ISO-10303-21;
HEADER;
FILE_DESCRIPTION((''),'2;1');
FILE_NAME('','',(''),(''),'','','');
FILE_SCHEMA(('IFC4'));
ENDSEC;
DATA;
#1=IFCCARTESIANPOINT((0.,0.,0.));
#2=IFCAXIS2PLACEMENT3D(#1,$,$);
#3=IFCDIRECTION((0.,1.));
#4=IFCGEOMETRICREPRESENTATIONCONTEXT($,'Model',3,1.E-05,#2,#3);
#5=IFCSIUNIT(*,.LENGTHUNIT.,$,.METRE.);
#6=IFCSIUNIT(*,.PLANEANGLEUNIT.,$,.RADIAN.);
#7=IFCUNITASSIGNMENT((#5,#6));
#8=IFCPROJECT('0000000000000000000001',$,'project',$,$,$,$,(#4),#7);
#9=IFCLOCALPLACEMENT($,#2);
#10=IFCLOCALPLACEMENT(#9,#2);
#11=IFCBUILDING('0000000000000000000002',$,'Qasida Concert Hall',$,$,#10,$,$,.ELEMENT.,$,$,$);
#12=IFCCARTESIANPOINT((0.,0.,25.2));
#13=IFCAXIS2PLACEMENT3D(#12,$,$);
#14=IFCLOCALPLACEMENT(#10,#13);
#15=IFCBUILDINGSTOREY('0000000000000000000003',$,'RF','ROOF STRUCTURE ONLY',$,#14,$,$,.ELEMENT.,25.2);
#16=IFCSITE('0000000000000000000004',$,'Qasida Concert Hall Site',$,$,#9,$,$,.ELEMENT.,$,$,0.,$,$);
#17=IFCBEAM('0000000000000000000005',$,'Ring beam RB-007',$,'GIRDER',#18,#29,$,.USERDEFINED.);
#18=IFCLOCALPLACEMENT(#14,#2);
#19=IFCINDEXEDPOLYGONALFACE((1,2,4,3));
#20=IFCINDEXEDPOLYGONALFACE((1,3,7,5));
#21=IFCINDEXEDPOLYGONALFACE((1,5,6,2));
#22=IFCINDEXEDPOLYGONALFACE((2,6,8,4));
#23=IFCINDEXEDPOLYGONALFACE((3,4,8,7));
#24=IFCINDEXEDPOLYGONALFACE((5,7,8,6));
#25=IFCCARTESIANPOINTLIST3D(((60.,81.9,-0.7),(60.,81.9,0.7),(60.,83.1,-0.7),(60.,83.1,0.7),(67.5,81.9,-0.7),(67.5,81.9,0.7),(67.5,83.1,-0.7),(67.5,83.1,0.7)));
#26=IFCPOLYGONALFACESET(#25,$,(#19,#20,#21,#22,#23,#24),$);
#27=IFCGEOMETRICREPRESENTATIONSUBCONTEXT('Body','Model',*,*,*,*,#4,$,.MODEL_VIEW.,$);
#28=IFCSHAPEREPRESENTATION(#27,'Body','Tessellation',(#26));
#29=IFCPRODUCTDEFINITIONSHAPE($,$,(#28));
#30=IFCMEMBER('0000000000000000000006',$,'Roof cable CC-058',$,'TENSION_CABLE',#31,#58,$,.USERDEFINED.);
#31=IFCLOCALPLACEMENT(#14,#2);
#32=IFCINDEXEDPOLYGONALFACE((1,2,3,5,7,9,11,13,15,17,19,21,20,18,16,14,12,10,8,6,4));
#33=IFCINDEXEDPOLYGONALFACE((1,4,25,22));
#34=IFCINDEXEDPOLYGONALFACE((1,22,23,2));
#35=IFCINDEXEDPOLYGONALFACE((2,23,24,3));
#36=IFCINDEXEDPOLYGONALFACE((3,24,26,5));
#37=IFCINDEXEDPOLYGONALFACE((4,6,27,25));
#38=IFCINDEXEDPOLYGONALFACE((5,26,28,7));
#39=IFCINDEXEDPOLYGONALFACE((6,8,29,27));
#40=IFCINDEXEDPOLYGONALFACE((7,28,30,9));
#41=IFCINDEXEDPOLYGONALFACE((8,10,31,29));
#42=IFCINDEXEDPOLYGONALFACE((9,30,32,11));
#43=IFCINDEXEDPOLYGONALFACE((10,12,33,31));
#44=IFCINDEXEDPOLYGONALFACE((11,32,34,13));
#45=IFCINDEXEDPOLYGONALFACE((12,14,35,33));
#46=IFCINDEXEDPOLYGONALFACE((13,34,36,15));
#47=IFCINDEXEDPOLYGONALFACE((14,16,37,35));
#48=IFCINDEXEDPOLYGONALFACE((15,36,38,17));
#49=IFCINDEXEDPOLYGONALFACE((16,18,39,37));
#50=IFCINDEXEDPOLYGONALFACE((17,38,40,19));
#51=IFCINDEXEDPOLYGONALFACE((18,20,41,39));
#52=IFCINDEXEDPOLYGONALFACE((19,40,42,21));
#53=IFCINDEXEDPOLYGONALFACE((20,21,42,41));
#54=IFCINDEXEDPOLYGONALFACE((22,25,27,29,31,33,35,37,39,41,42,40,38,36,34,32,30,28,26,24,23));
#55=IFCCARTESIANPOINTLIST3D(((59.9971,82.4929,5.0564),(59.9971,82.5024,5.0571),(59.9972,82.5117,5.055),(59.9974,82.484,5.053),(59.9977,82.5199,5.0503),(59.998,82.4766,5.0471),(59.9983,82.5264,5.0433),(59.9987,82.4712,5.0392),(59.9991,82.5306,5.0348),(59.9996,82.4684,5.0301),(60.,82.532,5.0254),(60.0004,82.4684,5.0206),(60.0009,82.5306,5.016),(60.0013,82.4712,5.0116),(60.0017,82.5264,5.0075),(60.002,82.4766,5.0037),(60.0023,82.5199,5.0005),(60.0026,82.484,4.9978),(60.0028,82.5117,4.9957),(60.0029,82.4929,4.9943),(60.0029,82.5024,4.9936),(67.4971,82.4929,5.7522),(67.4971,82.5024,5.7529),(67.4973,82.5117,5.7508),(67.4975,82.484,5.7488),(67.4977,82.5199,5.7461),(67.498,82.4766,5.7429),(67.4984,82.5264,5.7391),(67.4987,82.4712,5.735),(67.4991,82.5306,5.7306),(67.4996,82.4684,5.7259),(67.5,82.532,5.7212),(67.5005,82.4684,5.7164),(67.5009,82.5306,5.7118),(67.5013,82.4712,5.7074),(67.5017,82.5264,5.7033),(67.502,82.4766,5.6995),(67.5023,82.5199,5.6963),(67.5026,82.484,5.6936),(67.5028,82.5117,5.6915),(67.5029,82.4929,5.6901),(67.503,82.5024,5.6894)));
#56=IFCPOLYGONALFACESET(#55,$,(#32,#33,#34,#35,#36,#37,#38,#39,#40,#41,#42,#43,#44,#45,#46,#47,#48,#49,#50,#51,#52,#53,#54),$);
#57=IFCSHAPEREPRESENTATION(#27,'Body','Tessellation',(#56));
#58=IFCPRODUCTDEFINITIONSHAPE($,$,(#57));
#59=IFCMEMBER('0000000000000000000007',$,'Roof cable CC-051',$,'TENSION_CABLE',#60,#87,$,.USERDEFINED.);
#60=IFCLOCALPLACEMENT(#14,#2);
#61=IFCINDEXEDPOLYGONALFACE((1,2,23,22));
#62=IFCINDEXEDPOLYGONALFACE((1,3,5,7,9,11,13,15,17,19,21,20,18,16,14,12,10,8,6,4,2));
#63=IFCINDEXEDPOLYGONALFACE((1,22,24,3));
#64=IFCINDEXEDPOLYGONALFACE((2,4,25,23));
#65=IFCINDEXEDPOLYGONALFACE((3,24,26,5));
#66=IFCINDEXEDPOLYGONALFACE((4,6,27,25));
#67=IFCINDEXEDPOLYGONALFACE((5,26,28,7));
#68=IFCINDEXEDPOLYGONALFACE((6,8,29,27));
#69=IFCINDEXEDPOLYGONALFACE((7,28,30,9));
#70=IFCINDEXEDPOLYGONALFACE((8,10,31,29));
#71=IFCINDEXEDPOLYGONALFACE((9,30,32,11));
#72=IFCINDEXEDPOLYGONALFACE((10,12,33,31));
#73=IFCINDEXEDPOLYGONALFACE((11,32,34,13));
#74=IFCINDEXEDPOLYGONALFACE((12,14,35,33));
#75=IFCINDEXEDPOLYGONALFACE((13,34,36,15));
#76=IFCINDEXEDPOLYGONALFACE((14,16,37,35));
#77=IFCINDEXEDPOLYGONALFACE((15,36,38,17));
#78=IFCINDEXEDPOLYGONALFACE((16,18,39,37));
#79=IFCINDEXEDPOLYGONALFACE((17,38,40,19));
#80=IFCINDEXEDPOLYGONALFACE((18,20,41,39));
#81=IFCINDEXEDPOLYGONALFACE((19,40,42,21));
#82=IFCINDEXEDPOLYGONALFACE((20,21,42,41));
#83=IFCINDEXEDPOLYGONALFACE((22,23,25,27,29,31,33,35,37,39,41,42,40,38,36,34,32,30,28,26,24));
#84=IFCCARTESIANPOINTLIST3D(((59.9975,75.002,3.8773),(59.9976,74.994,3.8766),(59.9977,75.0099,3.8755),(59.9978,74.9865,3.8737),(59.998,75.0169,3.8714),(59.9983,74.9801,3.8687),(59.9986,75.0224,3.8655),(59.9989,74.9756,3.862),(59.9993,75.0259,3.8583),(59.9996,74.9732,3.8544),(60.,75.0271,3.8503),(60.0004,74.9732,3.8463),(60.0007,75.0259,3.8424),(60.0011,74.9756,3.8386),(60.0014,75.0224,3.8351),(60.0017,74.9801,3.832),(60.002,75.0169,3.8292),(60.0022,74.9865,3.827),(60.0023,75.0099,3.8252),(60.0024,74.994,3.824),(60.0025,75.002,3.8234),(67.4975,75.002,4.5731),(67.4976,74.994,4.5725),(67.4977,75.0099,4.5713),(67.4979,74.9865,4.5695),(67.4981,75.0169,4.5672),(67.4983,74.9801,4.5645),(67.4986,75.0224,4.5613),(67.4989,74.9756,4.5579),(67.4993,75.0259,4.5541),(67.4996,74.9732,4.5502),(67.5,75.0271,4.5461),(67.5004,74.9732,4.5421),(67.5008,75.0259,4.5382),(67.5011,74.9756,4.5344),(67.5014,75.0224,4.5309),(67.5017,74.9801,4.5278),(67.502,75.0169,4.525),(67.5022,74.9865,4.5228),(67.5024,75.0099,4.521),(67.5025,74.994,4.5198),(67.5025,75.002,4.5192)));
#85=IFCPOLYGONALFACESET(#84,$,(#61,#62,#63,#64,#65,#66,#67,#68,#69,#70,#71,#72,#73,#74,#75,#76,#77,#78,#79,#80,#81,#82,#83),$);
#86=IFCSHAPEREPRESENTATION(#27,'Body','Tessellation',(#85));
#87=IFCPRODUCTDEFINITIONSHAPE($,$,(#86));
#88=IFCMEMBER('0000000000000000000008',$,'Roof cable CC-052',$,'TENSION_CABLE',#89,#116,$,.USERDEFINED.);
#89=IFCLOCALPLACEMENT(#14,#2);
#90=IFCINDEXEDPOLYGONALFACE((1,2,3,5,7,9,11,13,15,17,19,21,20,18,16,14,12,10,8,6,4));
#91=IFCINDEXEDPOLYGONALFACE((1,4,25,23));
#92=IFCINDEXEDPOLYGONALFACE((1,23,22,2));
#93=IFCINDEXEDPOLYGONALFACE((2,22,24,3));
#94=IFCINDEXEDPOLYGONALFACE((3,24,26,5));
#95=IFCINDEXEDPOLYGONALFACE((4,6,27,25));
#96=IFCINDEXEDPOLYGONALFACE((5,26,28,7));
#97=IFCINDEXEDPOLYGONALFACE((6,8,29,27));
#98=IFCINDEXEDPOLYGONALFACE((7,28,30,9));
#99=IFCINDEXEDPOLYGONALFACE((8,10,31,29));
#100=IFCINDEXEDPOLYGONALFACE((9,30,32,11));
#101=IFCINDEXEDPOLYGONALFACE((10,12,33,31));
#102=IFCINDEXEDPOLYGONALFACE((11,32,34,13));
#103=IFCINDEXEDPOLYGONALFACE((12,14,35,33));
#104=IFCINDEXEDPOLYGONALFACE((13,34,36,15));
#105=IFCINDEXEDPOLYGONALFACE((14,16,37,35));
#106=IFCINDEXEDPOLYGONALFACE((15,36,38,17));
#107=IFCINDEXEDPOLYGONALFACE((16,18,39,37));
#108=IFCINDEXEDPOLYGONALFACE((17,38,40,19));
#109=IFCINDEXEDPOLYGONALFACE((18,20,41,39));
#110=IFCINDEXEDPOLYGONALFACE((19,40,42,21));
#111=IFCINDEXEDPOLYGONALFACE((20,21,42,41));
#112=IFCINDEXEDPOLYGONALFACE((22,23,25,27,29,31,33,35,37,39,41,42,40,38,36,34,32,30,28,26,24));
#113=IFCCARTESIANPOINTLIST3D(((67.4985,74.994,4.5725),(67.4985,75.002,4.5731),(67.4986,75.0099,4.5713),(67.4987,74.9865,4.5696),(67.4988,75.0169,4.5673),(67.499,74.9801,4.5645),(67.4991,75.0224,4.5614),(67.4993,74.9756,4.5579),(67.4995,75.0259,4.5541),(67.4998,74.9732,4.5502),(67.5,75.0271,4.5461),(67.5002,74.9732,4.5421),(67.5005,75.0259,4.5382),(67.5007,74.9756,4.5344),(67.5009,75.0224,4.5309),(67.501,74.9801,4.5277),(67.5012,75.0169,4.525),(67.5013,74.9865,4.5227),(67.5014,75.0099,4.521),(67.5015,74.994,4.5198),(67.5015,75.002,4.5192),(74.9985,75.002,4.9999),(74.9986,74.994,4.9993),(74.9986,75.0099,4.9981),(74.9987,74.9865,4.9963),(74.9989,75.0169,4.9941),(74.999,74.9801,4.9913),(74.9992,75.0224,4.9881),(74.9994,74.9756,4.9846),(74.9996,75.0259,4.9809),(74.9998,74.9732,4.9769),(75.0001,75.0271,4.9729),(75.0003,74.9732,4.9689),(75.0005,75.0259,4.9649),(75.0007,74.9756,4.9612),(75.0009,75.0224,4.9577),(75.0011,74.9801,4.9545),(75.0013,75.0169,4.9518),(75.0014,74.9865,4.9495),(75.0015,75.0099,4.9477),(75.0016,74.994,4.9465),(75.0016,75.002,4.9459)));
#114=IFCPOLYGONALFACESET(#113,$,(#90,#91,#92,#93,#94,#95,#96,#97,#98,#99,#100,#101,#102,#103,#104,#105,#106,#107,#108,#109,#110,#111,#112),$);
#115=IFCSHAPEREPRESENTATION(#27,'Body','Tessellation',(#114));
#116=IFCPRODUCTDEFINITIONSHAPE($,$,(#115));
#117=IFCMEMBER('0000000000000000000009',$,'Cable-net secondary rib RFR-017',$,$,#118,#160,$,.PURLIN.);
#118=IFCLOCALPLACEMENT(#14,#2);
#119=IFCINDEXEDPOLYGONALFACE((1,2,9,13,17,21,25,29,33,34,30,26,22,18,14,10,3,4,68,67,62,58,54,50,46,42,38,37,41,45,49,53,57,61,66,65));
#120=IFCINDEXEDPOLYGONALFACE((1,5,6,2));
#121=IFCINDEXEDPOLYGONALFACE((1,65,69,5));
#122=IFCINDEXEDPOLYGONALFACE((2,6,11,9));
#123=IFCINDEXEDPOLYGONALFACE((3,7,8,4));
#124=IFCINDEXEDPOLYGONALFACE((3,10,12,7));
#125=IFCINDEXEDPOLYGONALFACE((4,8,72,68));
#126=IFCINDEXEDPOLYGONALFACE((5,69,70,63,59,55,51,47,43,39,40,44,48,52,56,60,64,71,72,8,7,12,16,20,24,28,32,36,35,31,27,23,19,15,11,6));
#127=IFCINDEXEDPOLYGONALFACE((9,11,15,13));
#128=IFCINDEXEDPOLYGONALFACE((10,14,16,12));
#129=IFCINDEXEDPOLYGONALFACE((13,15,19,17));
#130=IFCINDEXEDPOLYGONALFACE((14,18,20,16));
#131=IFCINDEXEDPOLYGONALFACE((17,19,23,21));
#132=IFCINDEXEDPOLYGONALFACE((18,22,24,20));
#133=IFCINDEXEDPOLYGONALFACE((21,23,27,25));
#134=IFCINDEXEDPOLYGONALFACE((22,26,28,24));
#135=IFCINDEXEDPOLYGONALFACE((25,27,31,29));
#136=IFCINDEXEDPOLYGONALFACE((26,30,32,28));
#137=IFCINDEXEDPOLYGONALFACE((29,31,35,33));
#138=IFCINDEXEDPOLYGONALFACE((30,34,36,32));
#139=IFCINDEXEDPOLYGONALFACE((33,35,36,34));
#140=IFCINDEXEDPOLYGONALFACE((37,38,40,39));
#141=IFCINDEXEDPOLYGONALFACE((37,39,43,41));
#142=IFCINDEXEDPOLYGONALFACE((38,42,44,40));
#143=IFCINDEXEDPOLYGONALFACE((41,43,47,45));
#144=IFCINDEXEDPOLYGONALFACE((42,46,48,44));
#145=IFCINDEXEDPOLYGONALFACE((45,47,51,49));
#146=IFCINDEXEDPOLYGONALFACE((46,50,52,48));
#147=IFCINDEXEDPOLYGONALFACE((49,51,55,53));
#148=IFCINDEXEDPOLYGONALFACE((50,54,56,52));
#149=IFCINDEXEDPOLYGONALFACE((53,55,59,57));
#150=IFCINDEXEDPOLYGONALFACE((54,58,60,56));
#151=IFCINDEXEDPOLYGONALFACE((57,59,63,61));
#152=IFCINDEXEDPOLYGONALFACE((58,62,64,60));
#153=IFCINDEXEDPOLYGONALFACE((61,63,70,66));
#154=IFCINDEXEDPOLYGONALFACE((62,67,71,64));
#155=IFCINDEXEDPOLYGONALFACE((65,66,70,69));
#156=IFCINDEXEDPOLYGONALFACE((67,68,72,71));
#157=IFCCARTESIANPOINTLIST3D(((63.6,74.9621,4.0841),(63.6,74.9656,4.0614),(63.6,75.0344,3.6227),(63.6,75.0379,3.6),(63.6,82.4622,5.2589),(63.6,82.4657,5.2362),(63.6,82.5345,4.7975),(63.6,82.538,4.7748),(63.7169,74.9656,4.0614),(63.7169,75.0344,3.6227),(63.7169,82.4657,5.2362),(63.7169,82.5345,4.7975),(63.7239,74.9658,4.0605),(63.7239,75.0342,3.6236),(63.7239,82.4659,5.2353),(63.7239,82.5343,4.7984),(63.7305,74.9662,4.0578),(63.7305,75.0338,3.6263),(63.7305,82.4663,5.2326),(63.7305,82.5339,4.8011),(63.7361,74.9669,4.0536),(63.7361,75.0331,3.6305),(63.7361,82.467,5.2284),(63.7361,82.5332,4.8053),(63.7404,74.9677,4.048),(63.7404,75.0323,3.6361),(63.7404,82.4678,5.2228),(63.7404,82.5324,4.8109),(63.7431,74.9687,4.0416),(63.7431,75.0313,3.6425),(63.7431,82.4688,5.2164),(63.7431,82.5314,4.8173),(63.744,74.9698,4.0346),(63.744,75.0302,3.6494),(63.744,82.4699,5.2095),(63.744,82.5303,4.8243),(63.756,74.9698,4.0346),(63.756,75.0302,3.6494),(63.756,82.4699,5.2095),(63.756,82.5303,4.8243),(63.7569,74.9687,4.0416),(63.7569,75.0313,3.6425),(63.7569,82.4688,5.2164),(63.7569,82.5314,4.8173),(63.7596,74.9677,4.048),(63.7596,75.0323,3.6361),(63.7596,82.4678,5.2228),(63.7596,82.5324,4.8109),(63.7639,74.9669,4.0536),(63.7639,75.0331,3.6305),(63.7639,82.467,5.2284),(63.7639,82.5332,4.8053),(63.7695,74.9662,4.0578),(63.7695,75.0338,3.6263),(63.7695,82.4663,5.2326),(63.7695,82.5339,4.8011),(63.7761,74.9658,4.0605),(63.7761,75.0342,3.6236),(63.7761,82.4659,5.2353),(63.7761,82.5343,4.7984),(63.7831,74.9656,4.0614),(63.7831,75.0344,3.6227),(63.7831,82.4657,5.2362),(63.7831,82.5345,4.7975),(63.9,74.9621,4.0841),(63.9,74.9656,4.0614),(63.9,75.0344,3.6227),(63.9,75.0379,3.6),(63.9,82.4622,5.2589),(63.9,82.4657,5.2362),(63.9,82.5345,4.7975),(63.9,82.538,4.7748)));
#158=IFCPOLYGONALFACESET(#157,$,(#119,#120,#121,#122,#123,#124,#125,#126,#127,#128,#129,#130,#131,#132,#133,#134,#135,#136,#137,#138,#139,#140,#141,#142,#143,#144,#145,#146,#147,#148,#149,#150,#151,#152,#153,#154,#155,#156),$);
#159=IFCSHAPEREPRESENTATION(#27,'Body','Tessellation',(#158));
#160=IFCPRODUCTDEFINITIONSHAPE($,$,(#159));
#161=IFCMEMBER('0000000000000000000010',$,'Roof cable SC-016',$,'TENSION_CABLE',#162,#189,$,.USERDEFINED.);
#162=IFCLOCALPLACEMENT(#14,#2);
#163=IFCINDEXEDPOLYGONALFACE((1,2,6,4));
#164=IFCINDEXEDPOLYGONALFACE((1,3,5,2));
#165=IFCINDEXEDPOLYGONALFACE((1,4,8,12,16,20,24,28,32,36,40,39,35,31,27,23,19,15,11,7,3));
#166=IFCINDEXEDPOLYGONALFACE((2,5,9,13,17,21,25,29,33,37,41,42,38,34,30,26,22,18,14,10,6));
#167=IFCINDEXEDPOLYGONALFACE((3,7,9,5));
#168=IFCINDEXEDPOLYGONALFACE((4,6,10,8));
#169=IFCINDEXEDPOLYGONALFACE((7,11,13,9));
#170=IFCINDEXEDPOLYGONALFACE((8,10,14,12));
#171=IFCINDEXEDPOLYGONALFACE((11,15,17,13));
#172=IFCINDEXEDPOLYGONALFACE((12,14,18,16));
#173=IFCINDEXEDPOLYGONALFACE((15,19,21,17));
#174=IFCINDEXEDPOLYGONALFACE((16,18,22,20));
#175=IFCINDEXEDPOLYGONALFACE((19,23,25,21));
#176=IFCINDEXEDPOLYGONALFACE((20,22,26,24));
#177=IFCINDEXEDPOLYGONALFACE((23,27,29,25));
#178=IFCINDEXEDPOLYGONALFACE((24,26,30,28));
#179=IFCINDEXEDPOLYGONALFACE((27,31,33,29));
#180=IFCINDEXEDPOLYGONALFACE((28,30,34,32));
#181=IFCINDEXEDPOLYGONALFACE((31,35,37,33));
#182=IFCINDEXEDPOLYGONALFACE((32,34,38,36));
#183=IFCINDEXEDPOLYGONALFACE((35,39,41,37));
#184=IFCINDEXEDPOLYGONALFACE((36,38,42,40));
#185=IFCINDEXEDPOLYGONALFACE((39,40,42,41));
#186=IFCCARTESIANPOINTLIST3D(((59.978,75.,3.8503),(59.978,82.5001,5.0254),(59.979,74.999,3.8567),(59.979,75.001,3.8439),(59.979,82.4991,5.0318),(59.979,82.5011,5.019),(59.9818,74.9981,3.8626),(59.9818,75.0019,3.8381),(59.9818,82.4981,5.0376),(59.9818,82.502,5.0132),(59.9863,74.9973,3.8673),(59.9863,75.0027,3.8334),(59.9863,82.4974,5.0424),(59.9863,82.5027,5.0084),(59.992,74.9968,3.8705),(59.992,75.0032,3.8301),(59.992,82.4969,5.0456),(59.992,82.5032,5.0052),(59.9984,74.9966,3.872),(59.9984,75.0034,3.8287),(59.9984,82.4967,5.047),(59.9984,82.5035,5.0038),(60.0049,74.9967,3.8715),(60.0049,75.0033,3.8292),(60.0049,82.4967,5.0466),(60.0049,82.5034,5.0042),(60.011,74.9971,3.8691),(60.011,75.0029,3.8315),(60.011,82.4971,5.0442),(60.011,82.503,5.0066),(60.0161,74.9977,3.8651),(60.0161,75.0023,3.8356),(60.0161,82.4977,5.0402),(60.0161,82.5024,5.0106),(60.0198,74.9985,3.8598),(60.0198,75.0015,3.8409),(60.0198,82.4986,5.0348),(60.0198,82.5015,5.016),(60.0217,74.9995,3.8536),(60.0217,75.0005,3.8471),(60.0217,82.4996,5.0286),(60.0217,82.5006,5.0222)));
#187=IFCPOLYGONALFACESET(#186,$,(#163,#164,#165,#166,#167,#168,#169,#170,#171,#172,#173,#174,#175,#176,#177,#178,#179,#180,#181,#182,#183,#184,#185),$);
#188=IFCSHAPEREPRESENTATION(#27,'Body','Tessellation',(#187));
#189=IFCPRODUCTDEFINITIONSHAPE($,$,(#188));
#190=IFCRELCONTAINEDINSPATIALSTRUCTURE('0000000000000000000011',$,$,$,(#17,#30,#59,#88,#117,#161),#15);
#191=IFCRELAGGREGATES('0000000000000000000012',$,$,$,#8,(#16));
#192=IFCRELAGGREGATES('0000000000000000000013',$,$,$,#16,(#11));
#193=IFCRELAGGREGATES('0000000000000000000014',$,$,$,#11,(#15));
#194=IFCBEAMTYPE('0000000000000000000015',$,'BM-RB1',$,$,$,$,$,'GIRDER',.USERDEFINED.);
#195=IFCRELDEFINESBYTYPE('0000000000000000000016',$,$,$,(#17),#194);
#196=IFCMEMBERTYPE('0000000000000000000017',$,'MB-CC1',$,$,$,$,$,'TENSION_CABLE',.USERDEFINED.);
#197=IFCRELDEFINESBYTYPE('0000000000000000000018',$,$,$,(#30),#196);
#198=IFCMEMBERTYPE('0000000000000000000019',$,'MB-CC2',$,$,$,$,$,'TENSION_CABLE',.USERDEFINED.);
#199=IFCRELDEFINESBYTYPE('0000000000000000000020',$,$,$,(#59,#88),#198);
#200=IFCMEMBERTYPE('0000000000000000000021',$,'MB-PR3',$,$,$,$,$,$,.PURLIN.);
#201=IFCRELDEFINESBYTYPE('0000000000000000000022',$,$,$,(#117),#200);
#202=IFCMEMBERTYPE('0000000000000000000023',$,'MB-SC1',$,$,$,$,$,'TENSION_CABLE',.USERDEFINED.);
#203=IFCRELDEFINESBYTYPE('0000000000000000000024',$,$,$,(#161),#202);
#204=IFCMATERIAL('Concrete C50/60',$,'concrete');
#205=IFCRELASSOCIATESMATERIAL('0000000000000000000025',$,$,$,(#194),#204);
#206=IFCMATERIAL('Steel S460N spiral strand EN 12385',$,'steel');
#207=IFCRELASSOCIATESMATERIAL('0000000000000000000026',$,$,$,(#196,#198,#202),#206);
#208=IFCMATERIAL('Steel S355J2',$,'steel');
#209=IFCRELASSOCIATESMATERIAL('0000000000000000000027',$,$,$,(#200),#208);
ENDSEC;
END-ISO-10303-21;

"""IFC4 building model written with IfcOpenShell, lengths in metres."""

from ifc_helpers import new_model, si_unit, direction, frame, origin, origin_2d, place, context, subcontext, project, spatial, rectangle, circle, i_section, extrude, material, material_profile, profile_set, type_object, element, save


model = new_model("IFC4")

# Units and contexts
model_context = context("Model", 3, precision=1e-05, world=origin(), true_north=direction((0.0, 1.0)))
body_context = subcontext(model_context, "Body", "Model", "MODEL_VIEW")
ifc_project = project(units=[si_unit("LENGTHUNIT", "METRE"), si_unit("PLANEANGLEUNIT", "RADIAN")], contexts=[model_context])

# Site, building, storey
site_placement = place(None, origin())
site = spatial("IfcSite", under=ifc_project, at=site_placement, Name="Qasida Concert Hall Site", CompositionType="ELEMENT", RefElevation=0.0)
building_placement = place(site_placement, origin())
building = spatial("IfcBuilding", under=site, at=building_placement, Name="Qasida Concert Hall", CompositionType="ELEMENT")
storey_placement = place(building_placement, frame((0.0, 0.0, 25.2)))
storey = spatial("IfcBuildingStorey", under=building, at=storey_placement, Name="RF", Description="ROOF STRUCTURE ONLY", CompositionType="ELEMENT", Elevation=25.2)

# Beam
ifc_material_1 = material(Name="Concrete C50/60", Category="concrete")
ifc_material_profile_1 = material_profile(ifc_material_1, rectangle(XDim=1.2, YDim=1.3999, at=origin_2d()), Name="RC 1200x1400")
ifc_profile_set_1 = profile_set([ifc_material_profile_1], Name="Concrete C50/60")
beam_type = type_object("IfcBeamType", Name="BM-RB1", ElementType="GIRDER", PredefinedType="USERDEFINED", material=ifc_profile_set_1)
beam_placement = place(storey_placement, frame((60.0, 82.5, 0.0), z_axis=(1.0, 0.0, 0.0), x_axis=(0.0, 1.0, 0.0)))
element("IfcBeam", 1, at=beam_placement, inside=storey, type_object=beam_type, Name="Ring beam RB-007", ObjectType="GIRDER", PredefinedType="USERDEFINED", context=body_context, shape_type="SweptSolid", body=[
    extrude(rectangle(XDim=1.2, YDim=1.3999, at=origin_2d()), origin(), (0.0, 0.0, 1.0), 7.5),
])

# Members
ifc_material_2 = material(Name="Steel S460N spiral strand EN 12385", Category="steel")
ifc_material_profile_2 = material_profile(ifc_material_2, circle(Radius=0.032, at=origin_2d()), Name="STRAND D64")
ifc_profile_set_2 = profile_set([ifc_material_profile_2], Name="Steel S460N spiral strand EN 12385")
member_type_1 = type_object("IfcMemberType", Name="MB-CC1", ElementType="TENSION_CABLE", PredefinedType="USERDEFINED", material=ifc_profile_set_2)
member_1_placement = place(storey_placement, frame((60.0, 82.5, 5.0254), z_axis=(0.995724, 0.0, 0.092377), x_axis=(0.0, 1.0, 0.0)))
element("IfcMember", 2, at=member_1_placement, inside=storey, type_object=member_type_1, Name="Roof cable CC-058", ObjectType="TENSION_CABLE", PredefinedType="USERDEFINED", context=body_context, shape_type="SweptSolid", body=[
    extrude(circle(Radius=0.032, at=origin_2d()), origin(), (0.0, 0.0, 1.0), 7.5322),
])
ifc_material_profile_3 = material_profile(ifc_material_2, circle(Radius=0.0271, at=origin_2d()), Name="STRAND D54")
ifc_profile_set_3 = profile_set([ifc_material_profile_3], Name="Steel S460N spiral strand EN 12385")
member_type_2 = type_object("IfcMemberType", Name="MB-CC2", ElementType="TENSION_CABLE", PredefinedType="USERDEFINED", material=ifc_profile_set_3)
member_2_placement = place(storey_placement, frame((60.0, 75.0, 3.8503), z_axis=(0.995724, 0.0, 0.092377), x_axis=(0.0, 1.0, 0.0)))
element("IfcMember", 3, at=member_2_placement, inside=storey, type_object=member_type_2, Name="Roof cable CC-051", ObjectType="TENSION_CABLE", PredefinedType="USERDEFINED", context=body_context, shape_type="SweptSolid", body=[
    extrude(circle(Radius=0.0271, at=origin_2d()), origin(), (0.0, 0.0, 1.0), 7.5322),
])
member_3_placement = place(storey_placement, frame((67.5, 75.0, 4.5461), z_axis=(0.998385, 0.0, 0.056809), x_axis=(0.0, 1.0, 0.0)))
element("IfcMember", 4, at=member_3_placement, inside=storey, type_object=member_type_2, Name="Roof cable CC-052", ObjectType="TENSION_CABLE", PredefinedType="USERDEFINED", context=body_context, shape_type="SweptSolid", body=[
    extrude(circle(Radius=0.0271, at=origin_2d()), origin(), (0.0, 0.0, 1.0), 7.5122),
])
ifc_material_3 = material(Name="Steel S355J2", Category="steel")
ifc_material_profile_4 = material_profile(ifc_material_3, i_section(OverallWidth=0.3, OverallDepth=0.49, WebThickness=0.012, FlangeThickness=0.0229, FilletRadius=0.0271, at=origin_2d()), Name="HEA 500")
ifc_profile_set_4 = profile_set([ifc_material_profile_4], Name="Steel S355J2")
member_type_3 = type_object("IfcMemberType", Name="MB-PR3", PredefinedType="PURLIN", material=ifc_profile_set_4)
member_4_placement = place(storey_placement, frame((63.75, 75.0, 3.842), z_axis=(0.0, 0.987953, 0.154754), x_axis=(-1.0, 0.0, 0.0)))
element("IfcMember", 5, at=member_4_placement, inside=storey, type_object=member_type_3, Name="Cable-net secondary rib RFR-017", PredefinedType="PURLIN", context=body_context, shape_type="SweptSolid", body=[
    extrude(i_section(OverallWidth=0.3, OverallDepth=0.49, WebThickness=0.012, FlangeThickness=0.0229, FilletRadius=0.0271, at=origin_2d()), origin(), (0.0, 0.0, 1.0), 7.5916),
])
ifc_material_profile_5 = material_profile(ifc_material_2, circle(Radius=0.022, at=origin_2d()), Name="STRAND D44")
ifc_profile_set_5 = profile_set([ifc_material_profile_5], Name="Steel S460N spiral strand EN 12385")
member_type_4 = type_object("IfcMemberType", Name="MB-SC1", ElementType="TENSION_CABLE", PredefinedType="USERDEFINED", material=ifc_profile_set_5)
for number, where, z_axis, x_axis, name in (
    (6, (60.0, 75.0, 3.8503), (0.0, 0.987948, 0.154785), (-1.0, 0.0, 0.0), "Roof cable SC-016"),
):
    element("IfcMember", number, at=place(storey_placement, frame(where, z_axis=z_axis, x_axis=x_axis)), inside=storey, type_object=member_type_4, Name=name, ObjectType="TENSION_CABLE", PredefinedType="USERDEFINED", context=body_context, shape_type="SweptSolid", body=[
        extrude(circle(Radius=0.022, at=origin_2d()), origin(), (0.0, 0.0, 1.0), 7.5916),
    ])

save(model, "model.ifc")
